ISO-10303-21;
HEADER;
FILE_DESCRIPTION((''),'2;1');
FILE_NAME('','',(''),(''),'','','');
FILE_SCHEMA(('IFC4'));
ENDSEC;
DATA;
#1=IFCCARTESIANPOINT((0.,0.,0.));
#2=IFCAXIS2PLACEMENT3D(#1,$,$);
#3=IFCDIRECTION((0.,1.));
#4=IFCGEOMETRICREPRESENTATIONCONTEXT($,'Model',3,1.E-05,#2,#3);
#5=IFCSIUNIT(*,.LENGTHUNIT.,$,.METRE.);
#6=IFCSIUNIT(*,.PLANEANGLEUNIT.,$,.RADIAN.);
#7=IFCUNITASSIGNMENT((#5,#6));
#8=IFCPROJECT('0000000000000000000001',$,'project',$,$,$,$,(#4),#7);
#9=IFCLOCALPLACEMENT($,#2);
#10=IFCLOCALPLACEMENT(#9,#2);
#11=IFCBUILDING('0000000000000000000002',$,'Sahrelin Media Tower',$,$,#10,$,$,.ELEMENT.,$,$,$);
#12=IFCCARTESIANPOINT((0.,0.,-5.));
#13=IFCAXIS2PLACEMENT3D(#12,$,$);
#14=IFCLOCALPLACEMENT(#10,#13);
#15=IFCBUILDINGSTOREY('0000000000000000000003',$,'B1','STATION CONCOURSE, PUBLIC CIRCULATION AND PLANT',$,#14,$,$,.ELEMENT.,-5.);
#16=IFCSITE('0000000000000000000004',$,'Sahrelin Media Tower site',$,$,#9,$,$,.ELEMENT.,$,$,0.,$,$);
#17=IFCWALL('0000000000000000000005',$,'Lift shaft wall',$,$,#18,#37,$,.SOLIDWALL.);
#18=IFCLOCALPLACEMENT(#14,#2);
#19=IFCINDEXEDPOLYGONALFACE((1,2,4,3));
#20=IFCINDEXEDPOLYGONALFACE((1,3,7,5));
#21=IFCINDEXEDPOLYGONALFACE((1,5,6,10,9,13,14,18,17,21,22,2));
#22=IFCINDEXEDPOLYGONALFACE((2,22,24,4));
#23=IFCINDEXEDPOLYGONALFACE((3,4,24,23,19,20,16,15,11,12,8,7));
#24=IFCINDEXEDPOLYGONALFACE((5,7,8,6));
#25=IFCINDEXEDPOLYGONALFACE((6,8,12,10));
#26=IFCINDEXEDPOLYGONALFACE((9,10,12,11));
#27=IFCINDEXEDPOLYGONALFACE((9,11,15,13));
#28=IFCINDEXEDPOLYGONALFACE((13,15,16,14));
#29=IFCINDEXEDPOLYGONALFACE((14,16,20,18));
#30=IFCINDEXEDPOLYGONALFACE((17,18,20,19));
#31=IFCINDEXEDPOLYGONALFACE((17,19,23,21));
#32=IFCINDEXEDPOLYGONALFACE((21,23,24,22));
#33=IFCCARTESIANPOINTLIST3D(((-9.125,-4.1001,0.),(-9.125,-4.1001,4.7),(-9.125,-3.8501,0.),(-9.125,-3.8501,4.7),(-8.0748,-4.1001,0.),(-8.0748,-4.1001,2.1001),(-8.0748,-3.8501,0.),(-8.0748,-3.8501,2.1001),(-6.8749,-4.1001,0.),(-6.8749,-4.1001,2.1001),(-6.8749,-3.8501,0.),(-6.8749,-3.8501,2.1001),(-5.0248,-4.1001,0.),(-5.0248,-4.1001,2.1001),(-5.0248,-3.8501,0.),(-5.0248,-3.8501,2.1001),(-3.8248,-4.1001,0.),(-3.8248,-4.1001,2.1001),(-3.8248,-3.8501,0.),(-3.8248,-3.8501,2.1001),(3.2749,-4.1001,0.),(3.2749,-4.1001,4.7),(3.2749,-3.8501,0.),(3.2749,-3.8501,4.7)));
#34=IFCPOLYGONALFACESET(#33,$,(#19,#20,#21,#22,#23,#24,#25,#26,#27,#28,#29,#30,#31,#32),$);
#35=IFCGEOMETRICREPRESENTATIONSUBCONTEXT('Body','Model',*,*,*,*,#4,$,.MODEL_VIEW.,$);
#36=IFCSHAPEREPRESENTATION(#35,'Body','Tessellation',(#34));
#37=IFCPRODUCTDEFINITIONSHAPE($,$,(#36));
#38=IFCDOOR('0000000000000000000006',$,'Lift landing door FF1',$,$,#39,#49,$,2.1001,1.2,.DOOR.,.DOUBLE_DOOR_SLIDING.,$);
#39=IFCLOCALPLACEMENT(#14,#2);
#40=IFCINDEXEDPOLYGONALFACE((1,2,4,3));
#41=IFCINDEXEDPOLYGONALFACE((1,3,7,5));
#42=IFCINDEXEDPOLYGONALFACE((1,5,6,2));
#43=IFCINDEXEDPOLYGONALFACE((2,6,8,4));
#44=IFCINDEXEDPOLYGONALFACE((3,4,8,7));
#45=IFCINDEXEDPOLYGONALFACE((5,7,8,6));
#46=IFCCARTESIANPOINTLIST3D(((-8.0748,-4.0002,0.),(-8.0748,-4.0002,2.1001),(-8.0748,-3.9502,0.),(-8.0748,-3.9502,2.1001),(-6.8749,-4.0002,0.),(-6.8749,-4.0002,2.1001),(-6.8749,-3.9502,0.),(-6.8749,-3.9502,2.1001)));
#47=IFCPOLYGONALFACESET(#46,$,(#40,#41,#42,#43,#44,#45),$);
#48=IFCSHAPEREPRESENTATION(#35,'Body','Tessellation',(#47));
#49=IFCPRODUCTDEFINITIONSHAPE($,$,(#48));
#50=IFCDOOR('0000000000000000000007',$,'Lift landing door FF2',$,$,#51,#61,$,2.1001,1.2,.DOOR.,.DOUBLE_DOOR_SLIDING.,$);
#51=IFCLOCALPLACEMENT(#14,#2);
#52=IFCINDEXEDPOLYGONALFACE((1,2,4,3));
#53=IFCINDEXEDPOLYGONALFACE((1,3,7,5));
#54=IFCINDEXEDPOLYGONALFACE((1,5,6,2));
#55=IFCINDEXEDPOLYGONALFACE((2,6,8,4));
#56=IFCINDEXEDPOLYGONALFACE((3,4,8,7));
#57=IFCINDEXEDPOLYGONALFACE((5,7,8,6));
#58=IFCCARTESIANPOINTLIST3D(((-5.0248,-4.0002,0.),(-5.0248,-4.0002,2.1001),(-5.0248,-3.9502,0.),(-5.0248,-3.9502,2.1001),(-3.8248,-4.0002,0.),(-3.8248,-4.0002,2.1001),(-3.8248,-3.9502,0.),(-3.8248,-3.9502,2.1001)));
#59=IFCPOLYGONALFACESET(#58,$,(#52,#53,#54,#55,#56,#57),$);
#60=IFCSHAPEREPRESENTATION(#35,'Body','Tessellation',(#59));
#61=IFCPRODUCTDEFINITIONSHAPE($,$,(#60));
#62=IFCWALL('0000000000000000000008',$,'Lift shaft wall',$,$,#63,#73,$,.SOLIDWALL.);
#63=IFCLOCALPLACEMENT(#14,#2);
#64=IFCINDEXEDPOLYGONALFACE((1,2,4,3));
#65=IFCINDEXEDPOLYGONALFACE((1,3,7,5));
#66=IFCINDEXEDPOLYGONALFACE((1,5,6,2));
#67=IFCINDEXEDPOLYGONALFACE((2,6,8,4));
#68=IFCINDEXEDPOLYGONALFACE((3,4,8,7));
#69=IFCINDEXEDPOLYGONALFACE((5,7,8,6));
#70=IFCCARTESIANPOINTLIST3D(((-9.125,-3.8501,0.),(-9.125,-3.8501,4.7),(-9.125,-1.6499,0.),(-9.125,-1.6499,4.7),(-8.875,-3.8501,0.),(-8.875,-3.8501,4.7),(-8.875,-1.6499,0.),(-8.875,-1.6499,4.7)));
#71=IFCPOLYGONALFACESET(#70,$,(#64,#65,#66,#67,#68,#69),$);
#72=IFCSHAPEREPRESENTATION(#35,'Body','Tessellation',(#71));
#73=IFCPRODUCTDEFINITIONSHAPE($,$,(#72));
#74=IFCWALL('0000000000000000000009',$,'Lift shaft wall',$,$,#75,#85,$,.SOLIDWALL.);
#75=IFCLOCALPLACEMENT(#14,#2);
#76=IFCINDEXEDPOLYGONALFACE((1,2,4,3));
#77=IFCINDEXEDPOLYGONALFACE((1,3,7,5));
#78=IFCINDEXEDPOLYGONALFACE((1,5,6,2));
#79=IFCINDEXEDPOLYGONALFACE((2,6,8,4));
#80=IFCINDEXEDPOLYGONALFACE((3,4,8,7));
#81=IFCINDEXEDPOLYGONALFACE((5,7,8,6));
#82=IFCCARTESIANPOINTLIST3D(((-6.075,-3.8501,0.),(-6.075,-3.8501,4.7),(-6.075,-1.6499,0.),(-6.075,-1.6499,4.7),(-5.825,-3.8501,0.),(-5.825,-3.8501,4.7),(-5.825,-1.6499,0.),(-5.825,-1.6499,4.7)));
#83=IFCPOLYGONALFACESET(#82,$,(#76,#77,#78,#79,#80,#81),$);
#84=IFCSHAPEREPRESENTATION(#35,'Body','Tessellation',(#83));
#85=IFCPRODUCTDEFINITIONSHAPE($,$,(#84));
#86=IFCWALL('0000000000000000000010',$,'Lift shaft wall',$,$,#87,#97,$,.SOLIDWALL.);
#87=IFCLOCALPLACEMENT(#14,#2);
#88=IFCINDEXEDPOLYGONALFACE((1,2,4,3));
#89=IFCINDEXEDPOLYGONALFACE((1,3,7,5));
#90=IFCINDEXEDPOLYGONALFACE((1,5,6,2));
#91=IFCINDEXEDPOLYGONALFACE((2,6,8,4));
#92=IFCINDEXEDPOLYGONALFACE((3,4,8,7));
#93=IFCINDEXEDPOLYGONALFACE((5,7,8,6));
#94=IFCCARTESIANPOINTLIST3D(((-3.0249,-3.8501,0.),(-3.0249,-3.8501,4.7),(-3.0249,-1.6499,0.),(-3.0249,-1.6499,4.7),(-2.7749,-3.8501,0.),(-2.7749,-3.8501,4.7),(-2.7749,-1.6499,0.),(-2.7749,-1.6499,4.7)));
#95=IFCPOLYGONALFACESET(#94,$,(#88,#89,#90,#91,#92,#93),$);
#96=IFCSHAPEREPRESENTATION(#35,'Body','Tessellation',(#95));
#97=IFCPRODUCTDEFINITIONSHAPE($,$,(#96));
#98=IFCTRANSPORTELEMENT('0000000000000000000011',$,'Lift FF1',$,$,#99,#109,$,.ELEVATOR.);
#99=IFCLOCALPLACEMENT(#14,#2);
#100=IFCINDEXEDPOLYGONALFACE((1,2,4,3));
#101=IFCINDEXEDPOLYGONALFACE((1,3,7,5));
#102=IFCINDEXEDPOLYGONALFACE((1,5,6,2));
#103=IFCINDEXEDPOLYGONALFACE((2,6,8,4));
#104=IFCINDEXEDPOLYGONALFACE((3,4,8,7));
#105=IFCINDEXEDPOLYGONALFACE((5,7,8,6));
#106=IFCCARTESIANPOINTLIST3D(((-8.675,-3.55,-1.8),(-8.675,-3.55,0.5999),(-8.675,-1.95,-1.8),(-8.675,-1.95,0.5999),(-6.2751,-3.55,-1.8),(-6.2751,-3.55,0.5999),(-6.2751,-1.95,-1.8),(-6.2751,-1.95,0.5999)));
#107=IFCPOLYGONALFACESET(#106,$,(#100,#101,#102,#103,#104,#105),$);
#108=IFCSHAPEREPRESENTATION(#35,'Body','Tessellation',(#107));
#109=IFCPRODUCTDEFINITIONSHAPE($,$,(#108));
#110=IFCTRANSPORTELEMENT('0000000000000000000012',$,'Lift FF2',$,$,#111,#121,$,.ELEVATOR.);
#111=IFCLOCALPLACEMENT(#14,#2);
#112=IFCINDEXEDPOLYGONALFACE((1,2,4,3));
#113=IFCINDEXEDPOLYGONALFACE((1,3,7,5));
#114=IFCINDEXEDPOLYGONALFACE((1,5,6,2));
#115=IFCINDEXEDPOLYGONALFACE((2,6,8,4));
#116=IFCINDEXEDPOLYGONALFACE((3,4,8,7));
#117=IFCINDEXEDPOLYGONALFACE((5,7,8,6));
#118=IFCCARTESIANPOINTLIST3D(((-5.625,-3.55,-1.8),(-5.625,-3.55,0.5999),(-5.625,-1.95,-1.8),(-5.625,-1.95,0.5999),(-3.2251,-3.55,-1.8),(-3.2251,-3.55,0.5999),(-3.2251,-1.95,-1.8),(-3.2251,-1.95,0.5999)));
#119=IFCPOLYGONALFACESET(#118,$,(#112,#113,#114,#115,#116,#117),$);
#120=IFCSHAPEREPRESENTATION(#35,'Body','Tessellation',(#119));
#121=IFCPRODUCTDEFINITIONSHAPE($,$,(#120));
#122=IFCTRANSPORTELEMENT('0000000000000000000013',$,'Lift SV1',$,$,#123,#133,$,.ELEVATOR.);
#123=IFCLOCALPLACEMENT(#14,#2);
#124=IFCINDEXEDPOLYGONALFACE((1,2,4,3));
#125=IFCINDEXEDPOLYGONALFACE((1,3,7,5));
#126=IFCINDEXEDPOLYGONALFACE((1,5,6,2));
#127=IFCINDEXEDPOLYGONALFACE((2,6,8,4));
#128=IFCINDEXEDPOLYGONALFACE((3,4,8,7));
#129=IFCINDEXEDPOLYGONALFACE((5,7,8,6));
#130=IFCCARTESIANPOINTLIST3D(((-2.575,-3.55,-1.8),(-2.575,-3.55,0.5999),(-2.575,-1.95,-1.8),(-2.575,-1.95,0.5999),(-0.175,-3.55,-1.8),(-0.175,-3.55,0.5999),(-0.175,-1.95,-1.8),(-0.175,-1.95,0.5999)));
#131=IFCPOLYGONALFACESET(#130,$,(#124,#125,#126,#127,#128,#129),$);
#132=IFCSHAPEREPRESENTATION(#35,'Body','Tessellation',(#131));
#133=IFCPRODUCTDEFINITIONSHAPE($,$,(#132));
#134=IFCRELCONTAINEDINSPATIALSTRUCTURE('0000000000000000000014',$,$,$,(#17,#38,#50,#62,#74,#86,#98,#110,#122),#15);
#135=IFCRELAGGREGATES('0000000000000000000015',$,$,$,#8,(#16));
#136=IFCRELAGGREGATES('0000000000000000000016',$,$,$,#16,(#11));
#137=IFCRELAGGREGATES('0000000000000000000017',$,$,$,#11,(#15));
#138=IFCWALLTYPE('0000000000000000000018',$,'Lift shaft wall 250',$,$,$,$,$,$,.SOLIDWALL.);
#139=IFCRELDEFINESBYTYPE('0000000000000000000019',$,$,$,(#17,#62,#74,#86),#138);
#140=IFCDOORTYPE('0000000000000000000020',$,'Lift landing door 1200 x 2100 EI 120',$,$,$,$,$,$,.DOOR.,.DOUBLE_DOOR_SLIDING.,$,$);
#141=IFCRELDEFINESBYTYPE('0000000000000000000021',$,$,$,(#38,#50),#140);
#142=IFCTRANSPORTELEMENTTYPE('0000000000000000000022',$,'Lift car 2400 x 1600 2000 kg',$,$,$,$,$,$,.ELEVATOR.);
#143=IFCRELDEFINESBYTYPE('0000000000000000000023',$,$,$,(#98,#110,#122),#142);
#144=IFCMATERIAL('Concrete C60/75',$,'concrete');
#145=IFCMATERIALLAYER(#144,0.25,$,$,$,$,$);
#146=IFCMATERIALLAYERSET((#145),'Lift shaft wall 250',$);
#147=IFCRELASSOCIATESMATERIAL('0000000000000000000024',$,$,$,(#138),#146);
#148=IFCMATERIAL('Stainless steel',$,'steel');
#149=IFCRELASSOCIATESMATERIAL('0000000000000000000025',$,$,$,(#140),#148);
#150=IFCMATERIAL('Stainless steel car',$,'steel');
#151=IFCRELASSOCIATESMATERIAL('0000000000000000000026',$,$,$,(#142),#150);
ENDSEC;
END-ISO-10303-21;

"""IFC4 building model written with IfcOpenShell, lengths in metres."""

from ifc_helpers import new_model, si_unit, direction, frame, frame_2d, origin, origin_2d, place, context, subcontext, project, spatial, rectangle, extrude, material, layer, layer_set, type_object, element, fill, save


model = new_model("IFC4")

# Units and contexts
model_context = context("Model", 3, precision=1e-05, world=origin(), true_north=direction((0.0, 1.0)))
body_context = subcontext(model_context, "Body", "Model", "MODEL_VIEW")
ifc_project = project(units=[si_unit("LENGTHUNIT", "METRE"), si_unit("PLANEANGLEUNIT", "RADIAN")], contexts=[model_context])

# Site, building, storey
site_placement = place(None, origin())
site = spatial("IfcSite", under=ifc_project, at=site_placement, Name="Sahrelin Media Tower site", CompositionType="ELEMENT", RefElevation=0.0)
building_placement = place(site_placement, origin())
building = spatial("IfcBuilding", under=site, at=building_placement, Name="Sahrelin Media Tower", CompositionType="ELEMENT")
storey_placement = place(building_placement, frame((0.0, 0.0, -5.0)))
storey = spatial("IfcBuildingStorey", under=building, at=storey_placement, Name="B1", Description="STATION CONCOURSE, PUBLIC CIRCULATION AND PLANT", CompositionType="ELEMENT", Elevation=-5.0)

# Shared definitions
ifc_material_1 = material(Name="Concrete C60/75", Category="concrete")

# Wall, openings, doors
ifc_layer_1 = layer(ifc_material_1, 0.25)
ifc_layer_set_1 = layer_set([ifc_layer_1], Name="Lift shaft wall 250")
wall_type_1 = type_object("IfcWallType", Name="Lift shaft wall 250", PredefinedType="SOLIDWALL", material=ifc_layer_set_1)
ifc_material_2 = material(Name="Stainless steel", Category="steel")
door_type_1 = type_object("IfcDoorType", Name="Lift landing door 1200 x 2100 EI 120", OperationType="DOUBLE_DOOR_SLIDING", PredefinedType="DOOR", material=ifc_material_2)
wall_1_placement = place(storey_placement, frame((-9.125, -3.9751, 0.0), z_axis=(0.0, 0.0, 1.0), x_axis=(1.0, 0.0, 0.0)))
wall_1 = element("IfcWall", 1, at=wall_1_placement, inside=storey, type_object=wall_type_1, Name="Lift shaft wall", PredefinedType="SOLIDWALL", context=body_context, shape_type="SweptSolid", body=[
    extrude(rectangle(XDim=12.3999, YDim=0.25, at=frame_2d((6.2, 0.0))), origin(), (0.0, 0.0, 1.0), 4.7),
])
opening_1_placement = place(wall_1_placement, frame((1.05, 0.0, 0.0)))
opening_1 = element("IfcOpeningElement", 2, at=opening_1_placement, cuts=wall_1, PredefinedType="OPENING", context=body_context, shape_type="SweptSolid", body=[
    extrude(rectangle(XDim=1.2, YDim=2.1001, at=frame_2d((0.6001, 1.05))), frame((0.0, 0.125, 0.0), z_axis=(0.0, -1.0, 0.0), x_axis=(1.0, 0.0, 0.0)), (0.0, 0.0, 1.0), 0.25),
])
opening_2_placement = place(wall_1_placement, frame((4.1001, 0.0, 0.0)))
opening_2 = element("IfcOpeningElement", 3, at=opening_2_placement, cuts=wall_1, PredefinedType="OPENING", context=body_context, shape_type="SweptSolid", body=[
    extrude(rectangle(XDim=1.2, YDim=2.1001, at=frame_2d((0.6001, 1.05))), frame((0.0, 0.125, 0.0), z_axis=(0.0, -1.0, 0.0), x_axis=(1.0, 0.0, 0.0)), (0.0, 0.0, 1.0), 0.25),
])
door_1_placement = place(opening_1_placement, origin())
door_1 = element("IfcDoor", 4, at=door_1_placement, inside=storey, type_object=door_type_1, Name="Lift landing door FF1", OperationType="DOUBLE_DOOR_SLIDING", OverallHeight=2.1001, OverallWidth=1.2, PredefinedType="DOOR", context=body_context, shape_type="SweptSolid", body=[
    extrude(rectangle(XDim=1.2, YDim=2.1001, at=frame_2d((0.6001, 1.05))), frame((0.0, 0.0249, 0.0), z_axis=(0.0, -1.0, 0.0), x_axis=(1.0, 0.0, 0.0)), (0.0, 0.0, 1.0), 0.05),
])
fill(opening_1, door_1)
door_2_placement = place(opening_2_placement, origin())
door_2 = element("IfcDoor", 5, at=door_2_placement, inside=storey, type_object=door_type_1, Name="Lift landing door FF2", OperationType="DOUBLE_DOOR_SLIDING", OverallHeight=2.1001, OverallWidth=1.2, PredefinedType="DOOR", context=body_context, shape_type="SweptSolid", body=[
    extrude(rectangle(XDim=1.2, YDim=2.1001, at=frame_2d((0.6001, 1.05))), frame((0.0, 0.0249, 0.0), z_axis=(0.0, -1.0, 0.0), x_axis=(1.0, 0.0, 0.0)), (0.0, 0.0, 1.0), 0.05),
])
fill(opening_2, door_2)

# Walls
for number, where, z_axis, x_axis, name in (
    (6, (-9.0, -3.8501, 0.0), (0.0, 0.0, 1.0), (0.0, 1.0, 0.0), "Lift shaft wall"),
    (7, (-5.95, -3.8501, 0.0), (0.0, 0.0, 1.0), (0.0, 1.0, 0.0), "Lift shaft wall"),
    (8, (-2.8999, -3.8501, 0.0), (0.0, 0.0, 1.0), (0.0, 1.0, 0.0), "Lift shaft wall"),
):
    element("IfcWall", number, at=place(storey_placement, frame(where, z_axis=z_axis, x_axis=x_axis)), inside=storey, type_object=wall_type_1, Name=name, PredefinedType="SOLIDWALL", context=body_context, shape_type="SweptSolid", body=[
        extrude(rectangle(XDim=2.2002, YDim=0.25, at=frame_2d((1.1001, 0.0))), origin(), (0.0, 0.0, 1.0), 4.7),
    ])

# Transport elements
ifc_material_3 = material(Name="Stainless steel car", Category="steel")
transport_element_type = type_object("IfcTransportElementType", Name="Lift car 2400 x 1600 2000 kg", PredefinedType="ELEVATOR", material=ifc_material_3)
for number, where, z_axis, x_axis, name in (
    (9, (-7.4751, -2.75, -1.8), (0.0, 0.0, 1.0), (1.0, 0.0, 0.0), "Lift FF1"),
    (10, (-4.425, -2.75, -1.8), (0.0, 0.0, 1.0), (1.0, 0.0, 0.0), "Lift FF2"),
    (11, (-1.375, -2.75, -1.8), (0.0, 0.0, 1.0), (1.0, 0.0, 0.0), "Lift SV1"),
):
    element("IfcTransportElement", number, at=place(storey_placement, frame(where, z_axis=z_axis, x_axis=x_axis)), inside=storey, type_object=transport_element_type, Name=name, PredefinedType="ELEVATOR", context=body_context, shape_type="SweptSolid", body=[
        extrude(rectangle(XDim=2.3999, YDim=1.6001, at=origin_2d()), origin(), (0.0, 0.0, 1.0), 2.3999),
    ])

save(model, "model.ifc")
